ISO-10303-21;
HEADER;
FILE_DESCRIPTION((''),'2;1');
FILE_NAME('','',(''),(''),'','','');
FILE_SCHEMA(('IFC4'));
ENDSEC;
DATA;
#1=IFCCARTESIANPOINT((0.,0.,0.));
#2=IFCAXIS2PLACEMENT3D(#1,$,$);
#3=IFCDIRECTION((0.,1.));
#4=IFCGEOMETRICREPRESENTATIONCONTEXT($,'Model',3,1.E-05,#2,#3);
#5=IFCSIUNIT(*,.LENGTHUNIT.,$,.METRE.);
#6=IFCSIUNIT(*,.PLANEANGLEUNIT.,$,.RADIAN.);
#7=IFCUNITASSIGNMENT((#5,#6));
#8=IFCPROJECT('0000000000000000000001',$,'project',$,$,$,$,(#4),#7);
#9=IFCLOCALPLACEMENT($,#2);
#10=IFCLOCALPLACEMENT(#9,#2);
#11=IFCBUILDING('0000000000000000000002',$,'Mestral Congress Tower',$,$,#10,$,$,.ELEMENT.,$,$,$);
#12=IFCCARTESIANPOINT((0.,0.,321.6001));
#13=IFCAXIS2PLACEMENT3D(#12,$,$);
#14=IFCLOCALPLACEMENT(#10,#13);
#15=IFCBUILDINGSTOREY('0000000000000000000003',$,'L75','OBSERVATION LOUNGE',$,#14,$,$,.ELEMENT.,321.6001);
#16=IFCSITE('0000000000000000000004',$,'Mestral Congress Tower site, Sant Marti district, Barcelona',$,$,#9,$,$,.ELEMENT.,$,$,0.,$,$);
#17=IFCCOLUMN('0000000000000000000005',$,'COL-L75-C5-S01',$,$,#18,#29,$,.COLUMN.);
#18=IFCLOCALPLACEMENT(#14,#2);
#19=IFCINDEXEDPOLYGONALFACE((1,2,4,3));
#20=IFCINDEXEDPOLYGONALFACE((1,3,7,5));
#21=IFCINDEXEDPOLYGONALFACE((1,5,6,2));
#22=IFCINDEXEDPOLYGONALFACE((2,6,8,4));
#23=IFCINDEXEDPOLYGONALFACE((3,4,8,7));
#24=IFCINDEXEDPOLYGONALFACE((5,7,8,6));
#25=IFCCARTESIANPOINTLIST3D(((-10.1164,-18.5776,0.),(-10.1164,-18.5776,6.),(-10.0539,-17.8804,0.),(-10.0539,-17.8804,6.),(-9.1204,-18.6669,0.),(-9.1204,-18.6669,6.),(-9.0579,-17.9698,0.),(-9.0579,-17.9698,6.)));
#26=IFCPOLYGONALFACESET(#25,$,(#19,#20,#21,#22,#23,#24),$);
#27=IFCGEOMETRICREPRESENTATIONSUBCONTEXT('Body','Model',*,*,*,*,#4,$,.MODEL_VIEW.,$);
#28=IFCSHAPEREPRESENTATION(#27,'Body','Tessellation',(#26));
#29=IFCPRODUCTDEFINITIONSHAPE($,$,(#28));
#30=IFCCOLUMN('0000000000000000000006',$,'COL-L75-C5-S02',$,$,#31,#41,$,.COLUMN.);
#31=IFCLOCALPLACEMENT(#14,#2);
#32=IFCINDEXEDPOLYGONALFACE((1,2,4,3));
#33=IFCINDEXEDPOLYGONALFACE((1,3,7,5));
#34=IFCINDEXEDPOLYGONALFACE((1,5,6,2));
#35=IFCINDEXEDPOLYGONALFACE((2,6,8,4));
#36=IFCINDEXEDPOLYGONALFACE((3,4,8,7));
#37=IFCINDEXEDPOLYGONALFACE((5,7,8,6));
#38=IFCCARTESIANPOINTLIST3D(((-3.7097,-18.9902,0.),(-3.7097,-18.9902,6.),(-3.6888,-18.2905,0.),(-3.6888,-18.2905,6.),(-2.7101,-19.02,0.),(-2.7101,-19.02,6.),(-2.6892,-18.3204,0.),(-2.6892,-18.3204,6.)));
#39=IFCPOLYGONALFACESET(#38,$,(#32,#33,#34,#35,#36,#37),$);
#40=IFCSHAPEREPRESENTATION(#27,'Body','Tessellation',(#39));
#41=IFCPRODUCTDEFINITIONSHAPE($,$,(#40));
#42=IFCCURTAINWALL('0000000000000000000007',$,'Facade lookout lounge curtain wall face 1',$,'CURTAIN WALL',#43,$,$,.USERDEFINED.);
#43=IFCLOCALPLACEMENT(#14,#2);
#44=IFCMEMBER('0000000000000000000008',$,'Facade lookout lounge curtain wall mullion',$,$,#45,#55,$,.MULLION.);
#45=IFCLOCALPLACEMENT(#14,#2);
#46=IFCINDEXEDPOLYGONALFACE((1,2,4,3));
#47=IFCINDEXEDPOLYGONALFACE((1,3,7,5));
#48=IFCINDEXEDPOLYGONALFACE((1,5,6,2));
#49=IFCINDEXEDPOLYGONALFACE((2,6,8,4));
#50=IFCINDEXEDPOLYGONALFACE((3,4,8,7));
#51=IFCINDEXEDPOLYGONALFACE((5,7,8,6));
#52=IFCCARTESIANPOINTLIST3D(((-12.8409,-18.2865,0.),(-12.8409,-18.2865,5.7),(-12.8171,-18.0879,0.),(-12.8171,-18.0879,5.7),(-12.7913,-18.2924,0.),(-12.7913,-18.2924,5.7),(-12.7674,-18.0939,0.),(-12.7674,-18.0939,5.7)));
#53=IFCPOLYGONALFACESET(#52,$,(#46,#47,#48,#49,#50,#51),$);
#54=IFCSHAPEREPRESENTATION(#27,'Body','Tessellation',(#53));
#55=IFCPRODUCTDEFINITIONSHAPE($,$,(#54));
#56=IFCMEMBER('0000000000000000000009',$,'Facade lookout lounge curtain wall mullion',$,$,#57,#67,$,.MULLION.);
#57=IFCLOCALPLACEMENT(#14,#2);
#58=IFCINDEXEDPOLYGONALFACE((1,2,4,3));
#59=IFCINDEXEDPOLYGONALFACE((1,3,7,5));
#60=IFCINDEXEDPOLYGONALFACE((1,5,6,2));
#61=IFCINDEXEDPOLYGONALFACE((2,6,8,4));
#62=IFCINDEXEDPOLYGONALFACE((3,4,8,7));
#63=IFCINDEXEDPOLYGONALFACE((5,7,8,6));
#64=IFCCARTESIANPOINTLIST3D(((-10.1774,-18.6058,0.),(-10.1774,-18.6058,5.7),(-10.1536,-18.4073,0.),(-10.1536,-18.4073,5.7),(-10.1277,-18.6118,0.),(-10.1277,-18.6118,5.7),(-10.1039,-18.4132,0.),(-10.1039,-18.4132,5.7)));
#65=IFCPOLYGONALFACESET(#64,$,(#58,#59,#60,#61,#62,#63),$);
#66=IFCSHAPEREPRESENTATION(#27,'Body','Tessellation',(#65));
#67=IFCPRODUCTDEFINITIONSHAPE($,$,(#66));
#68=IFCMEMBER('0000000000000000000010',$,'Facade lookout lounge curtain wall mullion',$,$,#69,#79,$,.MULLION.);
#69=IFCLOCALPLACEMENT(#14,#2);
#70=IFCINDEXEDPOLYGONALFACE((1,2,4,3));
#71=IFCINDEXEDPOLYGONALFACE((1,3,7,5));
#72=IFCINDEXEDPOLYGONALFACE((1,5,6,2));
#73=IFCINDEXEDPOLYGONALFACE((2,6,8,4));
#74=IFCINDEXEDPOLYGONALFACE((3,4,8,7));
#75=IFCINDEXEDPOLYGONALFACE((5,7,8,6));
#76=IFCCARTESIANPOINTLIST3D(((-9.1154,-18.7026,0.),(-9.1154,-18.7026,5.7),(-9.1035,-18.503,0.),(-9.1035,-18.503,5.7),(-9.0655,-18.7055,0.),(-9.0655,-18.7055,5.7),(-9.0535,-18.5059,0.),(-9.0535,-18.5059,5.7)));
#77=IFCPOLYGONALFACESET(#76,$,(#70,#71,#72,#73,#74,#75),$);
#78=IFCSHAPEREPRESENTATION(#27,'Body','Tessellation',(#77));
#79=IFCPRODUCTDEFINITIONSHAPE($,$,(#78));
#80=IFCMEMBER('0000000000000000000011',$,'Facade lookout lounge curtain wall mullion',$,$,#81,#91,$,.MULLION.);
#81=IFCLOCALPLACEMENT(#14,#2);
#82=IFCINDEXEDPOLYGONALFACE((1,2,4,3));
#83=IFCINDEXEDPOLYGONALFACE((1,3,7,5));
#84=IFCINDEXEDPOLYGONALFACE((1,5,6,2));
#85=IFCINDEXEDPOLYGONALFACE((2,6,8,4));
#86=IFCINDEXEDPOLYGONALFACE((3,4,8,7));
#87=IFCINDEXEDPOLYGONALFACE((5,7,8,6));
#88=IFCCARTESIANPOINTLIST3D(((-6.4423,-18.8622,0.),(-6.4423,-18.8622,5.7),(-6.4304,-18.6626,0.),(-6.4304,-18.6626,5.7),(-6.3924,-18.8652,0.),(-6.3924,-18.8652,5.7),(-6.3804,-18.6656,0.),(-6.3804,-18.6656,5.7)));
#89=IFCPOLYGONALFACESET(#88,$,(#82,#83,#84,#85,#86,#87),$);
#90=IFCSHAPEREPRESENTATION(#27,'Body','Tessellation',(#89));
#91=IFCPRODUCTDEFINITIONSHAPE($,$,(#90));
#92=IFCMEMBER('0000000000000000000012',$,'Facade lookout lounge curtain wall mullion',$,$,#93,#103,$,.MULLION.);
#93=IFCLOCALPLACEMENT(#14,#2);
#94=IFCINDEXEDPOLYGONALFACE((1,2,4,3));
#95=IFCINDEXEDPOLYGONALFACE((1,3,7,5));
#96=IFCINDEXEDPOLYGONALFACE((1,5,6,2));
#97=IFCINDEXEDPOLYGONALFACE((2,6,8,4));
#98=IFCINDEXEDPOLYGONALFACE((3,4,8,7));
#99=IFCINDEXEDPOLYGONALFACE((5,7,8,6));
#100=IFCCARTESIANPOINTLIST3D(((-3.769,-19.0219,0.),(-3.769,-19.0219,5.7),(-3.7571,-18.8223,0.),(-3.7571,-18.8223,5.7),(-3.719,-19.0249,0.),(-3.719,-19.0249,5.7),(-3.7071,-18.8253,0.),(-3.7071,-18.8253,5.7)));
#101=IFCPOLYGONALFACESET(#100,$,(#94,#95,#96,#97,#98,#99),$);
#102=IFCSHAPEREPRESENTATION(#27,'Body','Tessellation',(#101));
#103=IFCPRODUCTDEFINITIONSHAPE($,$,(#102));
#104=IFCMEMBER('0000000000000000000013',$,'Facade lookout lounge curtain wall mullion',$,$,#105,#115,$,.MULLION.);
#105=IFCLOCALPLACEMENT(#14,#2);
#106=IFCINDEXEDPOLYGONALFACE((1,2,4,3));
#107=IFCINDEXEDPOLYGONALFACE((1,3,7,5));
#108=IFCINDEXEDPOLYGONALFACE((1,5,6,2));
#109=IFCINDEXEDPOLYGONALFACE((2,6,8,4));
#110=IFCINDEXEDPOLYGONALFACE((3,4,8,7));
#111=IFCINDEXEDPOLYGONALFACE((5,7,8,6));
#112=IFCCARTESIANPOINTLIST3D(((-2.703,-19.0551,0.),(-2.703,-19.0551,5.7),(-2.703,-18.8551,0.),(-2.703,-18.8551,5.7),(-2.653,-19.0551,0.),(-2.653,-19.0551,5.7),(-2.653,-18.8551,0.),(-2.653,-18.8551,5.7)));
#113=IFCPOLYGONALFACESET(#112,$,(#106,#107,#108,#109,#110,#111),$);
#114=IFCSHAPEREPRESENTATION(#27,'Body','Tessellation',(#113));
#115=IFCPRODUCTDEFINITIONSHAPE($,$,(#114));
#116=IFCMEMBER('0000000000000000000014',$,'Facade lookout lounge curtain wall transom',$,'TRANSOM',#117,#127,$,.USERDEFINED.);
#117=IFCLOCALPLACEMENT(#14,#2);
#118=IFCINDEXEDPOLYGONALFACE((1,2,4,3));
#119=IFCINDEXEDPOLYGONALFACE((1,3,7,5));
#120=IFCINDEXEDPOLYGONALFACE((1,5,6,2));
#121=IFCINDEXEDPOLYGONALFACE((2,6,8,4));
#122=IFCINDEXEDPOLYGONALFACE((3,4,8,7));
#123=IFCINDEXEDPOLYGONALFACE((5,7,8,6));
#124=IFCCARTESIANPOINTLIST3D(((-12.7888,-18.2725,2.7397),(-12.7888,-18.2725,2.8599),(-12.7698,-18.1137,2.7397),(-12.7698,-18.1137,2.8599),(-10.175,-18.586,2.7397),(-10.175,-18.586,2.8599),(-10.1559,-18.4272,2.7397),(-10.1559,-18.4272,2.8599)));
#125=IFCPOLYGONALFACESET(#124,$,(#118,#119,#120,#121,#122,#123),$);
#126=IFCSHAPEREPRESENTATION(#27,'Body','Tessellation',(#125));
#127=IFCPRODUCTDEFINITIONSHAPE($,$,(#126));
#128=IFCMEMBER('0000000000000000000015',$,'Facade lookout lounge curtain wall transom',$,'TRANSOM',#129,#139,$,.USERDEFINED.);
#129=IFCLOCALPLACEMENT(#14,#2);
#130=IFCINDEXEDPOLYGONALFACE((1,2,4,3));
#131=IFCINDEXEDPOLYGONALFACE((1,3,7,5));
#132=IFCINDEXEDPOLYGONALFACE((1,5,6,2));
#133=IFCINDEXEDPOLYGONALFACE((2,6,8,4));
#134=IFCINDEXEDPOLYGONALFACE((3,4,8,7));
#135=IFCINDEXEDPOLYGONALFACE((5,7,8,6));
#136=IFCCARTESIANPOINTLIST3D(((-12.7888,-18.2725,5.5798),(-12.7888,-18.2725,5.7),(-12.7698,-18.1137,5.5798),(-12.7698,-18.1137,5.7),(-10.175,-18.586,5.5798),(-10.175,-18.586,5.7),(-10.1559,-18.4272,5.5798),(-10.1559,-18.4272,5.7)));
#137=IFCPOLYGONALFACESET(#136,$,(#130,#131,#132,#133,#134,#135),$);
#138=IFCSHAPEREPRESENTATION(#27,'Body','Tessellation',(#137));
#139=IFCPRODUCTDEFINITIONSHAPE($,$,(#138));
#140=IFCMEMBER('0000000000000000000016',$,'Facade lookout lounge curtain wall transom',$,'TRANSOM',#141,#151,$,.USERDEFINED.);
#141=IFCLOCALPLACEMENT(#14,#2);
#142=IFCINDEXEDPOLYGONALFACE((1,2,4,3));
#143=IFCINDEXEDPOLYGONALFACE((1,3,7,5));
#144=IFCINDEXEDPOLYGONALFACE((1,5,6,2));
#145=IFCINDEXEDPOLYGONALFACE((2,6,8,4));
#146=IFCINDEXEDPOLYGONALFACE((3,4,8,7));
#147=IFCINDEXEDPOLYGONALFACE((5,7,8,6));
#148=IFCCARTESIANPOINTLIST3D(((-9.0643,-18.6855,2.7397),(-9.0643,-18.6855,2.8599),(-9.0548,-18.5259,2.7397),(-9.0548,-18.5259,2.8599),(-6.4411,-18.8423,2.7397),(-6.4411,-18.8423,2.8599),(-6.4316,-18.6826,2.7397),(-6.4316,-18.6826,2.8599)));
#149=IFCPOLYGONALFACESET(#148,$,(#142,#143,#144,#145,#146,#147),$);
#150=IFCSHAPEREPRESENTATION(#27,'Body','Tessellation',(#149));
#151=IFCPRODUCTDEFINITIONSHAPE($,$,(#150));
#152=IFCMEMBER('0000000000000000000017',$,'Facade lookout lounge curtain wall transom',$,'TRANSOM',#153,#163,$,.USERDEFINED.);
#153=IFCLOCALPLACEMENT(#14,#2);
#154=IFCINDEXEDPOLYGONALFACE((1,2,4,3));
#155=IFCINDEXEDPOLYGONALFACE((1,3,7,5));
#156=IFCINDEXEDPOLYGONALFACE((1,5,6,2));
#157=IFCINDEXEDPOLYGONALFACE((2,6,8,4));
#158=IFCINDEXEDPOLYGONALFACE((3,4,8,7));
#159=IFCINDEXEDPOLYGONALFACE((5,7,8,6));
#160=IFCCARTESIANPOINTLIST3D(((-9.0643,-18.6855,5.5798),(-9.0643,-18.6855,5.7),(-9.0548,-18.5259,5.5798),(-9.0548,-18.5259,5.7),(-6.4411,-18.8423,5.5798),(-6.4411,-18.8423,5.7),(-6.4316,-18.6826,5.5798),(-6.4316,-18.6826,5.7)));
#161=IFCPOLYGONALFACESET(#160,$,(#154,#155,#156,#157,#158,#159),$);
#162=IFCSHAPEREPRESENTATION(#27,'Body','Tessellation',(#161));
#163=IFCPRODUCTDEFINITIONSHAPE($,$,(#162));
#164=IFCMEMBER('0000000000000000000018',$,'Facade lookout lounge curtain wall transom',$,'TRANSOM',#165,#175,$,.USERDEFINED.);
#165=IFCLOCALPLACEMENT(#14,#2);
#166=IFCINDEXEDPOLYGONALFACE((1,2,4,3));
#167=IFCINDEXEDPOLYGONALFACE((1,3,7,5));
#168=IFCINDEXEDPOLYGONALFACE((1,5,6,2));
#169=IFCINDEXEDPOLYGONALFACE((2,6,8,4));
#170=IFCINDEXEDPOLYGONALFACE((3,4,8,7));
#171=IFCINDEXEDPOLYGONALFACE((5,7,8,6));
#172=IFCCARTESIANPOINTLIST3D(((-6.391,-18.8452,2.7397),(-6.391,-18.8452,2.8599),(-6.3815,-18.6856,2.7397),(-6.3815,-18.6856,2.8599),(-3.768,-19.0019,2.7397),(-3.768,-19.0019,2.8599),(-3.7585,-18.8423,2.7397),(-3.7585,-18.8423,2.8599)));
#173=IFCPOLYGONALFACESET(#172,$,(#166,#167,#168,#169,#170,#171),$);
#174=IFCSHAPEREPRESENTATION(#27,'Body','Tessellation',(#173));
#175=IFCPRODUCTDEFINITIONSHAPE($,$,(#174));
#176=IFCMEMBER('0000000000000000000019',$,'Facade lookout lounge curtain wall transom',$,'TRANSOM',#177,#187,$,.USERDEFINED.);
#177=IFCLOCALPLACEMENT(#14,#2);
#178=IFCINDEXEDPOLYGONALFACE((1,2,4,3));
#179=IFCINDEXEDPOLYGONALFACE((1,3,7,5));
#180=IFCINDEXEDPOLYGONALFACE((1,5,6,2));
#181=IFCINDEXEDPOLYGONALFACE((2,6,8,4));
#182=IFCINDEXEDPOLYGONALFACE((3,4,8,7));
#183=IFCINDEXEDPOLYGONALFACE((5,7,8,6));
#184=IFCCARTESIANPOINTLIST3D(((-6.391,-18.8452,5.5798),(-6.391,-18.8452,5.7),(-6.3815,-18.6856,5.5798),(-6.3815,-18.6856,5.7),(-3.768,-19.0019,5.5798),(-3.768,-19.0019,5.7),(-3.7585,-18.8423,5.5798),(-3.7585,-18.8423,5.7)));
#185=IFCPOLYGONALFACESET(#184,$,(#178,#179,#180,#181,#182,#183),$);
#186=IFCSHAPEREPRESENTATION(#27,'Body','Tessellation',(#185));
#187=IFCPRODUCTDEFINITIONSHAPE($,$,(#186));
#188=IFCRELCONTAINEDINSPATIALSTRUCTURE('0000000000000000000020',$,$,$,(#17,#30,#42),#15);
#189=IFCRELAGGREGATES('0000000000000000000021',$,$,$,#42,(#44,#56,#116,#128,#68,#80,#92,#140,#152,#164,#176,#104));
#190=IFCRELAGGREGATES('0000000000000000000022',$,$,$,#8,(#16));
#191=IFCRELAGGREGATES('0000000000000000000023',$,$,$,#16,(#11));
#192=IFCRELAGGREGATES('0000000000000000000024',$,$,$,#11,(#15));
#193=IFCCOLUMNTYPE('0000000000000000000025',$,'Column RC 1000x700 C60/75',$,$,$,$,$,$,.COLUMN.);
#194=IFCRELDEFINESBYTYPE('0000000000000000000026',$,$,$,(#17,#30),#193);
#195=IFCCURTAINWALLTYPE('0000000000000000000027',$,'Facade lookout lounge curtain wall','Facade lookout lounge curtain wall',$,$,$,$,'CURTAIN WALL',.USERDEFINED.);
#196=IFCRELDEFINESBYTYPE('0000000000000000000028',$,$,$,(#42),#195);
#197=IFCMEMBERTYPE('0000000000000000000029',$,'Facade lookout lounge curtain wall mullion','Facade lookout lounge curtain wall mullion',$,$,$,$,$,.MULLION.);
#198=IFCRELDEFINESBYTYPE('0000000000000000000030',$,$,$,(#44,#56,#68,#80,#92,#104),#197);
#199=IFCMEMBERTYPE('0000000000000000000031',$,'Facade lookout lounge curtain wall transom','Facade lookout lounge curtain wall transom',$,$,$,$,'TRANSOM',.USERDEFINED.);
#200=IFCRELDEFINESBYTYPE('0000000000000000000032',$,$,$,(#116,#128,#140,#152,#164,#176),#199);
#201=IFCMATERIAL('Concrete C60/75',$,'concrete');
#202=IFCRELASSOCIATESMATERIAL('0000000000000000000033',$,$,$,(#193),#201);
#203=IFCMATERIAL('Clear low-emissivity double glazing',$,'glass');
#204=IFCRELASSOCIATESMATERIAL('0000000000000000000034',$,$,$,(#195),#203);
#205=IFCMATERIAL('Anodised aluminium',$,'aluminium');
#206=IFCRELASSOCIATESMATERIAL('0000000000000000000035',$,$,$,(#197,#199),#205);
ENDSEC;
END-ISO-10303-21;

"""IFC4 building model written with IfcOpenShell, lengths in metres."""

from ifc_helpers import new_model, si_unit, direction, frame, origin, origin_2d, place, context, subcontext, project, spatial, rectangle, extrude, material, material_profile, profile_set, type_object, element, aggregate, save


model = new_model("IFC4")

# Units and contexts
model_context = context("Model", 3, precision=1e-05, world=origin(), true_north=direction((0.0, 1.0)))
body_context = subcontext(model_context, "Body", "Model", "MODEL_VIEW")
ifc_project = project(units=[si_unit("LENGTHUNIT", "METRE"), si_unit("PLANEANGLEUNIT", "RADIAN")], contexts=[model_context])

# Site, building, storey
site_placement = place(None, origin())
site = spatial("IfcSite", under=ifc_project, at=site_placement, Name="Mestral Congress Tower site, Sant Marti district, Barcelona", CompositionType="ELEMENT", RefElevation=0.0)
building_placement = place(site_placement, origin())
building = spatial("IfcBuilding", under=site, at=building_placement, Name="Mestral Congress Tower", CompositionType="ELEMENT")
storey_placement = place(building_placement, frame((0.0, 0.0, 321.6001)))
storey = spatial("IfcBuildingStorey", under=building, at=storey_placement, Name="L75", Description="OBSERVATION LOUNGE", CompositionType="ELEMENT", Elevation=321.6001)

# Columns
ifc_material_1 = material(Name="Concrete C60/75", Category="concrete")
ifc_material_profile_1 = material_profile(ifc_material_1, rectangle(XDim=1.0, YDim=0.7, at=origin_2d()), Name="RC 1000x700")
ifc_profile_set_1 = profile_set([ifc_material_profile_1], Name="Concrete C60/75")
column_type = type_object("IfcColumnType", Name="Column RC 1000x700 C60/75", PredefinedType="COLUMN", material=ifc_profile_set_1)
for number, where, z_axis, x_axis, name in (
    (1, (-9.5872, -18.2737, 0.0), (0.0, 0.0, 1.0), (0.995998, -0.089378, 0.0), "COL-L75-C5-S01"),
    (2, (-3.1995, -18.6553, 0.0), (0.0, 0.0, 1.0), (0.999555, -0.029828, 0.0), "COL-L75-C5-S02"),
):
    element("IfcColumn", number, at=place(storey_placement, frame(where, z_axis=z_axis, x_axis=x_axis)), inside=storey, type_object=column_type, Name=name, PredefinedType="COLUMN", context=body_context, shape_type="SweptSolid", body=[
        extrude(rectangle(XDim=1.0, YDim=0.7, at=origin_2d()), origin(), (0.0, 0.0, 1.0), 6.0),
    ])

# Curtain wall, members
ifc_material_2 = material(Name="Clear low-emissivity double glazing", Category="glass")
curtain_wall_type = type_object("IfcCurtainWallType", Name="Facade lookout lounge curtain wall", Description="Facade lookout lounge curtain wall", ElementType="CURTAIN WALL", PredefinedType="USERDEFINED", material=ifc_material_2)
curtain_wall_placement = place(storey_placement, origin())
curtain_wall = element("IfcCurtainWall", 3, at=curtain_wall_placement, inside=storey, type_object=curtain_wall_type, Name="Facade lookout lounge curtain wall face 1", ObjectType="CURTAIN WALL", PredefinedType="USERDEFINED")
ifc_material_3 = material(Name="Anodised aluminium", Category="aluminium")
ifc_material_profile_2 = material_profile(ifc_material_3, rectangle(XDim=0.2, YDim=0.05, at=origin_2d()), Name="CW2 mullion 200 x 50")
ifc_profile_set_2 = profile_set([ifc_material_profile_2], Name="Anodised aluminium")
member_type_1 = type_object("IfcMemberType", Name="Facade lookout lounge curtain wall mullion", Description="Facade lookout lounge curtain wall mullion", PredefinedType="MULLION", material=ifc_profile_set_2)
member_1_placement = place(storey_placement, frame((-12.8042, -18.1902, 0.0), z_axis=(0.0, 0.0, 1.0), x_axis=(-0.119057, -0.992887, 0.0)))
member_1 = element("IfcMember", 4, at=member_1_placement, type_object=member_type_1, Name="Facade lookout lounge curtain wall mullion", PredefinedType="MULLION", context=body_context, shape_type="SweptSolid", body=[
    extrude(rectangle(XDim=0.2, YDim=0.05, at=origin_2d()), origin(), (0.0, 0.0, 1.0), 5.7),
])
member_2_placement = place(storey_placement, frame((-10.1406, -18.5095, 0.0), z_axis=(0.0, 0.0, 1.0), x_axis=(-0.119057, -0.992887, 0.0)))
member_2 = element("IfcMember", 5, at=member_2_placement, type_object=member_type_1, Name="Facade lookout lounge curtain wall mullion", PredefinedType="MULLION", context=body_context, shape_type="SweptSolid", body=[
    extrude(rectangle(XDim=0.2, YDim=0.05, at=origin_2d()), origin(), (0.0, 0.0, 1.0), 5.7),
])
member_3_placement = place(storey_placement, frame((-9.0845, -18.6042, 0.0), z_axis=(0.0, 0.0, 1.0), x_axis=(-0.059618, -0.998221, 0.0)))
member_3 = element("IfcMember", 6, at=member_3_placement, type_object=member_type_1, Name="Facade lookout lounge curtain wall mullion", PredefinedType="MULLION", context=body_context, shape_type="SweptSolid", body=[
    extrude(rectangle(XDim=0.2, YDim=0.05, at=origin_2d()), origin(), (0.0, 0.0, 1.0), 5.7),
])
member_4_placement = place(storey_placement, frame((-6.4114, -18.7639, 0.0), z_axis=(0.0, 0.0, 1.0), x_axis=(-0.059618, -0.998221, 0.0)))
member_4 = element("IfcMember", 7, at=member_4_placement, type_object=member_type_1, Name="Facade lookout lounge curtain wall mullion", PredefinedType="MULLION", context=body_context, shape_type="SweptSolid", body=[
    extrude(rectangle(XDim=0.2, YDim=0.05, at=origin_2d()), origin(), (0.0, 0.0, 1.0), 5.7),
])
member_5_placement = place(storey_placement, frame((-3.738, -18.9236, 0.0), z_axis=(0.0, 0.0, 1.0), x_axis=(-0.059618, -0.998221, 0.0)))
member_5 = element("IfcMember", 8, at=member_5_placement, type_object=member_type_1, Name="Facade lookout lounge curtain wall mullion", PredefinedType="MULLION", context=body_context, shape_type="SweptSolid", body=[
    extrude(rectangle(XDim=0.2, YDim=0.05, at=origin_2d()), origin(), (0.0, 0.0, 1.0), 5.7),
])
member_6_placement = place(storey_placement, frame((-2.678, -18.9551, 0.0), z_axis=(0.0, 0.0, 1.0), x_axis=(0.0, -1.0, 0.0)))
member_6 = element("IfcMember", 9, at=member_6_placement, type_object=member_type_1, Name="Facade lookout lounge curtain wall mullion", PredefinedType="MULLION", context=body_context, shape_type="SweptSolid", body=[
    extrude(rectangle(XDim=0.2, YDim=0.05, at=origin_2d()), origin(), (0.0, 0.0, 1.0), 5.7),
])
ifc_material_profile_3 = material_profile(ifc_material_3, rectangle(XDim=0.1599, YDim=0.1201, at=origin_2d()), Name="CW2 transom 160 x 120")
ifc_profile_set_3 = profile_set([ifc_material_profile_3], Name="Anodised aluminium")
member_type_2 = type_object("IfcMemberType", Name="Facade lookout lounge curtain wall transom", Description="Facade lookout lounge curtain wall transom", ElementType="TRANSOM", PredefinedType="USERDEFINED", material=ifc_profile_set_3)
member_7_placement = place(storey_placement, frame((-12.7793, -18.1931, 2.7998), z_axis=(0.992885, -0.119079, 0.0), x_axis=(0.119079, 0.992885, 0.0)))
member_7 = element("IfcMember", 10, at=member_7_placement, type_object=member_type_2, Name="Facade lookout lounge curtain wall transom", ObjectType="TRANSOM", PredefinedType="USERDEFINED", context=body_context, shape_type="SweptSolid", body=[
    extrude(rectangle(XDim=0.1599, YDim=0.1201, at=origin_2d()), origin(), (0.0, 0.0, 1.0), 2.6326),
])
member_8_placement = place(storey_placement, frame((-12.7793, -18.1931, 5.6399), z_axis=(0.992885, -0.119079, 0.0), x_axis=(0.119079, 0.992885, 0.0)))
member_8 = element("IfcMember", 11, at=member_8_placement, type_object=member_type_2, Name="Facade lookout lounge curtain wall transom", ObjectType="TRANSOM", PredefinedType="USERDEFINED", context=body_context, shape_type="SweptSolid", body=[
    extrude(rectangle(XDim=0.1599, YDim=0.1201, at=origin_2d()), origin(), (0.0, 0.0, 1.0), 2.6326),
])
member_9_placement = place(storey_placement, frame((-9.0596, -18.6057, 2.7998), z_axis=(0.99822, -0.059642, 0.0), x_axis=(0.059642, 0.99822, 0.0)))
member_9 = element("IfcMember", 12, at=member_9_placement, type_object=member_type_2, Name="Facade lookout lounge curtain wall transom", ObjectType="TRANSOM", PredefinedType="USERDEFINED", context=body_context, shape_type="SweptSolid", body=[
    extrude(rectangle(XDim=0.1599, YDim=0.1201, at=origin_2d()), origin(), (0.0, 0.0, 1.0), 2.6279),
])
member_10_placement = place(storey_placement, frame((-9.0596, -18.6057, 5.6399), z_axis=(0.99822, -0.059642, 0.0), x_axis=(0.059642, 0.99822, 0.0)))
member_10 = element("IfcMember", 13, at=member_10_placement, type_object=member_type_2, Name="Facade lookout lounge curtain wall transom", ObjectType="TRANSOM", PredefinedType="USERDEFINED", context=body_context, shape_type="SweptSolid", body=[
    extrude(rectangle(XDim=0.1599, YDim=0.1201, at=origin_2d()), origin(), (0.0, 0.0, 1.0), 2.6279),
])
member_11_placement = place(storey_placement, frame((-6.3862, -18.7654, 2.7998), z_axis=(0.998219, -0.059648, 0.0), x_axis=(0.059648, 0.998219, 0.0)))
member_11 = element("IfcMember", 14, at=member_11_placement, type_object=member_type_2, Name="Facade lookout lounge curtain wall transom", ObjectType="TRANSOM", PredefinedType="USERDEFINED", context=body_context, shape_type="SweptSolid", body=[
    extrude(rectangle(XDim=0.1599, YDim=0.1201, at=origin_2d()), origin(), (0.0, 0.0, 1.0), 2.6277),
])
member_12_placement = place(storey_placement, frame((-6.3862, -18.7654, 5.6399), z_axis=(0.998219, -0.059648, 0.0), x_axis=(0.059648, 0.998219, 0.0)))
member_12 = element("IfcMember", 15, at=member_12_placement, type_object=member_type_2, Name="Facade lookout lounge curtain wall transom", ObjectType="TRANSOM", PredefinedType="USERDEFINED", context=body_context, shape_type="SweptSolid", body=[
    extrude(rectangle(XDim=0.1599, YDim=0.1201, at=origin_2d()), origin(), (0.0, 0.0, 1.0), 2.6277),
])

aggregate(curtain_wall, [member_1, member_2, member_7, member_8, member_3, member_4, member_5, member_9, member_10, member_11, member_12, member_6])

save(model, "model.ifc")
